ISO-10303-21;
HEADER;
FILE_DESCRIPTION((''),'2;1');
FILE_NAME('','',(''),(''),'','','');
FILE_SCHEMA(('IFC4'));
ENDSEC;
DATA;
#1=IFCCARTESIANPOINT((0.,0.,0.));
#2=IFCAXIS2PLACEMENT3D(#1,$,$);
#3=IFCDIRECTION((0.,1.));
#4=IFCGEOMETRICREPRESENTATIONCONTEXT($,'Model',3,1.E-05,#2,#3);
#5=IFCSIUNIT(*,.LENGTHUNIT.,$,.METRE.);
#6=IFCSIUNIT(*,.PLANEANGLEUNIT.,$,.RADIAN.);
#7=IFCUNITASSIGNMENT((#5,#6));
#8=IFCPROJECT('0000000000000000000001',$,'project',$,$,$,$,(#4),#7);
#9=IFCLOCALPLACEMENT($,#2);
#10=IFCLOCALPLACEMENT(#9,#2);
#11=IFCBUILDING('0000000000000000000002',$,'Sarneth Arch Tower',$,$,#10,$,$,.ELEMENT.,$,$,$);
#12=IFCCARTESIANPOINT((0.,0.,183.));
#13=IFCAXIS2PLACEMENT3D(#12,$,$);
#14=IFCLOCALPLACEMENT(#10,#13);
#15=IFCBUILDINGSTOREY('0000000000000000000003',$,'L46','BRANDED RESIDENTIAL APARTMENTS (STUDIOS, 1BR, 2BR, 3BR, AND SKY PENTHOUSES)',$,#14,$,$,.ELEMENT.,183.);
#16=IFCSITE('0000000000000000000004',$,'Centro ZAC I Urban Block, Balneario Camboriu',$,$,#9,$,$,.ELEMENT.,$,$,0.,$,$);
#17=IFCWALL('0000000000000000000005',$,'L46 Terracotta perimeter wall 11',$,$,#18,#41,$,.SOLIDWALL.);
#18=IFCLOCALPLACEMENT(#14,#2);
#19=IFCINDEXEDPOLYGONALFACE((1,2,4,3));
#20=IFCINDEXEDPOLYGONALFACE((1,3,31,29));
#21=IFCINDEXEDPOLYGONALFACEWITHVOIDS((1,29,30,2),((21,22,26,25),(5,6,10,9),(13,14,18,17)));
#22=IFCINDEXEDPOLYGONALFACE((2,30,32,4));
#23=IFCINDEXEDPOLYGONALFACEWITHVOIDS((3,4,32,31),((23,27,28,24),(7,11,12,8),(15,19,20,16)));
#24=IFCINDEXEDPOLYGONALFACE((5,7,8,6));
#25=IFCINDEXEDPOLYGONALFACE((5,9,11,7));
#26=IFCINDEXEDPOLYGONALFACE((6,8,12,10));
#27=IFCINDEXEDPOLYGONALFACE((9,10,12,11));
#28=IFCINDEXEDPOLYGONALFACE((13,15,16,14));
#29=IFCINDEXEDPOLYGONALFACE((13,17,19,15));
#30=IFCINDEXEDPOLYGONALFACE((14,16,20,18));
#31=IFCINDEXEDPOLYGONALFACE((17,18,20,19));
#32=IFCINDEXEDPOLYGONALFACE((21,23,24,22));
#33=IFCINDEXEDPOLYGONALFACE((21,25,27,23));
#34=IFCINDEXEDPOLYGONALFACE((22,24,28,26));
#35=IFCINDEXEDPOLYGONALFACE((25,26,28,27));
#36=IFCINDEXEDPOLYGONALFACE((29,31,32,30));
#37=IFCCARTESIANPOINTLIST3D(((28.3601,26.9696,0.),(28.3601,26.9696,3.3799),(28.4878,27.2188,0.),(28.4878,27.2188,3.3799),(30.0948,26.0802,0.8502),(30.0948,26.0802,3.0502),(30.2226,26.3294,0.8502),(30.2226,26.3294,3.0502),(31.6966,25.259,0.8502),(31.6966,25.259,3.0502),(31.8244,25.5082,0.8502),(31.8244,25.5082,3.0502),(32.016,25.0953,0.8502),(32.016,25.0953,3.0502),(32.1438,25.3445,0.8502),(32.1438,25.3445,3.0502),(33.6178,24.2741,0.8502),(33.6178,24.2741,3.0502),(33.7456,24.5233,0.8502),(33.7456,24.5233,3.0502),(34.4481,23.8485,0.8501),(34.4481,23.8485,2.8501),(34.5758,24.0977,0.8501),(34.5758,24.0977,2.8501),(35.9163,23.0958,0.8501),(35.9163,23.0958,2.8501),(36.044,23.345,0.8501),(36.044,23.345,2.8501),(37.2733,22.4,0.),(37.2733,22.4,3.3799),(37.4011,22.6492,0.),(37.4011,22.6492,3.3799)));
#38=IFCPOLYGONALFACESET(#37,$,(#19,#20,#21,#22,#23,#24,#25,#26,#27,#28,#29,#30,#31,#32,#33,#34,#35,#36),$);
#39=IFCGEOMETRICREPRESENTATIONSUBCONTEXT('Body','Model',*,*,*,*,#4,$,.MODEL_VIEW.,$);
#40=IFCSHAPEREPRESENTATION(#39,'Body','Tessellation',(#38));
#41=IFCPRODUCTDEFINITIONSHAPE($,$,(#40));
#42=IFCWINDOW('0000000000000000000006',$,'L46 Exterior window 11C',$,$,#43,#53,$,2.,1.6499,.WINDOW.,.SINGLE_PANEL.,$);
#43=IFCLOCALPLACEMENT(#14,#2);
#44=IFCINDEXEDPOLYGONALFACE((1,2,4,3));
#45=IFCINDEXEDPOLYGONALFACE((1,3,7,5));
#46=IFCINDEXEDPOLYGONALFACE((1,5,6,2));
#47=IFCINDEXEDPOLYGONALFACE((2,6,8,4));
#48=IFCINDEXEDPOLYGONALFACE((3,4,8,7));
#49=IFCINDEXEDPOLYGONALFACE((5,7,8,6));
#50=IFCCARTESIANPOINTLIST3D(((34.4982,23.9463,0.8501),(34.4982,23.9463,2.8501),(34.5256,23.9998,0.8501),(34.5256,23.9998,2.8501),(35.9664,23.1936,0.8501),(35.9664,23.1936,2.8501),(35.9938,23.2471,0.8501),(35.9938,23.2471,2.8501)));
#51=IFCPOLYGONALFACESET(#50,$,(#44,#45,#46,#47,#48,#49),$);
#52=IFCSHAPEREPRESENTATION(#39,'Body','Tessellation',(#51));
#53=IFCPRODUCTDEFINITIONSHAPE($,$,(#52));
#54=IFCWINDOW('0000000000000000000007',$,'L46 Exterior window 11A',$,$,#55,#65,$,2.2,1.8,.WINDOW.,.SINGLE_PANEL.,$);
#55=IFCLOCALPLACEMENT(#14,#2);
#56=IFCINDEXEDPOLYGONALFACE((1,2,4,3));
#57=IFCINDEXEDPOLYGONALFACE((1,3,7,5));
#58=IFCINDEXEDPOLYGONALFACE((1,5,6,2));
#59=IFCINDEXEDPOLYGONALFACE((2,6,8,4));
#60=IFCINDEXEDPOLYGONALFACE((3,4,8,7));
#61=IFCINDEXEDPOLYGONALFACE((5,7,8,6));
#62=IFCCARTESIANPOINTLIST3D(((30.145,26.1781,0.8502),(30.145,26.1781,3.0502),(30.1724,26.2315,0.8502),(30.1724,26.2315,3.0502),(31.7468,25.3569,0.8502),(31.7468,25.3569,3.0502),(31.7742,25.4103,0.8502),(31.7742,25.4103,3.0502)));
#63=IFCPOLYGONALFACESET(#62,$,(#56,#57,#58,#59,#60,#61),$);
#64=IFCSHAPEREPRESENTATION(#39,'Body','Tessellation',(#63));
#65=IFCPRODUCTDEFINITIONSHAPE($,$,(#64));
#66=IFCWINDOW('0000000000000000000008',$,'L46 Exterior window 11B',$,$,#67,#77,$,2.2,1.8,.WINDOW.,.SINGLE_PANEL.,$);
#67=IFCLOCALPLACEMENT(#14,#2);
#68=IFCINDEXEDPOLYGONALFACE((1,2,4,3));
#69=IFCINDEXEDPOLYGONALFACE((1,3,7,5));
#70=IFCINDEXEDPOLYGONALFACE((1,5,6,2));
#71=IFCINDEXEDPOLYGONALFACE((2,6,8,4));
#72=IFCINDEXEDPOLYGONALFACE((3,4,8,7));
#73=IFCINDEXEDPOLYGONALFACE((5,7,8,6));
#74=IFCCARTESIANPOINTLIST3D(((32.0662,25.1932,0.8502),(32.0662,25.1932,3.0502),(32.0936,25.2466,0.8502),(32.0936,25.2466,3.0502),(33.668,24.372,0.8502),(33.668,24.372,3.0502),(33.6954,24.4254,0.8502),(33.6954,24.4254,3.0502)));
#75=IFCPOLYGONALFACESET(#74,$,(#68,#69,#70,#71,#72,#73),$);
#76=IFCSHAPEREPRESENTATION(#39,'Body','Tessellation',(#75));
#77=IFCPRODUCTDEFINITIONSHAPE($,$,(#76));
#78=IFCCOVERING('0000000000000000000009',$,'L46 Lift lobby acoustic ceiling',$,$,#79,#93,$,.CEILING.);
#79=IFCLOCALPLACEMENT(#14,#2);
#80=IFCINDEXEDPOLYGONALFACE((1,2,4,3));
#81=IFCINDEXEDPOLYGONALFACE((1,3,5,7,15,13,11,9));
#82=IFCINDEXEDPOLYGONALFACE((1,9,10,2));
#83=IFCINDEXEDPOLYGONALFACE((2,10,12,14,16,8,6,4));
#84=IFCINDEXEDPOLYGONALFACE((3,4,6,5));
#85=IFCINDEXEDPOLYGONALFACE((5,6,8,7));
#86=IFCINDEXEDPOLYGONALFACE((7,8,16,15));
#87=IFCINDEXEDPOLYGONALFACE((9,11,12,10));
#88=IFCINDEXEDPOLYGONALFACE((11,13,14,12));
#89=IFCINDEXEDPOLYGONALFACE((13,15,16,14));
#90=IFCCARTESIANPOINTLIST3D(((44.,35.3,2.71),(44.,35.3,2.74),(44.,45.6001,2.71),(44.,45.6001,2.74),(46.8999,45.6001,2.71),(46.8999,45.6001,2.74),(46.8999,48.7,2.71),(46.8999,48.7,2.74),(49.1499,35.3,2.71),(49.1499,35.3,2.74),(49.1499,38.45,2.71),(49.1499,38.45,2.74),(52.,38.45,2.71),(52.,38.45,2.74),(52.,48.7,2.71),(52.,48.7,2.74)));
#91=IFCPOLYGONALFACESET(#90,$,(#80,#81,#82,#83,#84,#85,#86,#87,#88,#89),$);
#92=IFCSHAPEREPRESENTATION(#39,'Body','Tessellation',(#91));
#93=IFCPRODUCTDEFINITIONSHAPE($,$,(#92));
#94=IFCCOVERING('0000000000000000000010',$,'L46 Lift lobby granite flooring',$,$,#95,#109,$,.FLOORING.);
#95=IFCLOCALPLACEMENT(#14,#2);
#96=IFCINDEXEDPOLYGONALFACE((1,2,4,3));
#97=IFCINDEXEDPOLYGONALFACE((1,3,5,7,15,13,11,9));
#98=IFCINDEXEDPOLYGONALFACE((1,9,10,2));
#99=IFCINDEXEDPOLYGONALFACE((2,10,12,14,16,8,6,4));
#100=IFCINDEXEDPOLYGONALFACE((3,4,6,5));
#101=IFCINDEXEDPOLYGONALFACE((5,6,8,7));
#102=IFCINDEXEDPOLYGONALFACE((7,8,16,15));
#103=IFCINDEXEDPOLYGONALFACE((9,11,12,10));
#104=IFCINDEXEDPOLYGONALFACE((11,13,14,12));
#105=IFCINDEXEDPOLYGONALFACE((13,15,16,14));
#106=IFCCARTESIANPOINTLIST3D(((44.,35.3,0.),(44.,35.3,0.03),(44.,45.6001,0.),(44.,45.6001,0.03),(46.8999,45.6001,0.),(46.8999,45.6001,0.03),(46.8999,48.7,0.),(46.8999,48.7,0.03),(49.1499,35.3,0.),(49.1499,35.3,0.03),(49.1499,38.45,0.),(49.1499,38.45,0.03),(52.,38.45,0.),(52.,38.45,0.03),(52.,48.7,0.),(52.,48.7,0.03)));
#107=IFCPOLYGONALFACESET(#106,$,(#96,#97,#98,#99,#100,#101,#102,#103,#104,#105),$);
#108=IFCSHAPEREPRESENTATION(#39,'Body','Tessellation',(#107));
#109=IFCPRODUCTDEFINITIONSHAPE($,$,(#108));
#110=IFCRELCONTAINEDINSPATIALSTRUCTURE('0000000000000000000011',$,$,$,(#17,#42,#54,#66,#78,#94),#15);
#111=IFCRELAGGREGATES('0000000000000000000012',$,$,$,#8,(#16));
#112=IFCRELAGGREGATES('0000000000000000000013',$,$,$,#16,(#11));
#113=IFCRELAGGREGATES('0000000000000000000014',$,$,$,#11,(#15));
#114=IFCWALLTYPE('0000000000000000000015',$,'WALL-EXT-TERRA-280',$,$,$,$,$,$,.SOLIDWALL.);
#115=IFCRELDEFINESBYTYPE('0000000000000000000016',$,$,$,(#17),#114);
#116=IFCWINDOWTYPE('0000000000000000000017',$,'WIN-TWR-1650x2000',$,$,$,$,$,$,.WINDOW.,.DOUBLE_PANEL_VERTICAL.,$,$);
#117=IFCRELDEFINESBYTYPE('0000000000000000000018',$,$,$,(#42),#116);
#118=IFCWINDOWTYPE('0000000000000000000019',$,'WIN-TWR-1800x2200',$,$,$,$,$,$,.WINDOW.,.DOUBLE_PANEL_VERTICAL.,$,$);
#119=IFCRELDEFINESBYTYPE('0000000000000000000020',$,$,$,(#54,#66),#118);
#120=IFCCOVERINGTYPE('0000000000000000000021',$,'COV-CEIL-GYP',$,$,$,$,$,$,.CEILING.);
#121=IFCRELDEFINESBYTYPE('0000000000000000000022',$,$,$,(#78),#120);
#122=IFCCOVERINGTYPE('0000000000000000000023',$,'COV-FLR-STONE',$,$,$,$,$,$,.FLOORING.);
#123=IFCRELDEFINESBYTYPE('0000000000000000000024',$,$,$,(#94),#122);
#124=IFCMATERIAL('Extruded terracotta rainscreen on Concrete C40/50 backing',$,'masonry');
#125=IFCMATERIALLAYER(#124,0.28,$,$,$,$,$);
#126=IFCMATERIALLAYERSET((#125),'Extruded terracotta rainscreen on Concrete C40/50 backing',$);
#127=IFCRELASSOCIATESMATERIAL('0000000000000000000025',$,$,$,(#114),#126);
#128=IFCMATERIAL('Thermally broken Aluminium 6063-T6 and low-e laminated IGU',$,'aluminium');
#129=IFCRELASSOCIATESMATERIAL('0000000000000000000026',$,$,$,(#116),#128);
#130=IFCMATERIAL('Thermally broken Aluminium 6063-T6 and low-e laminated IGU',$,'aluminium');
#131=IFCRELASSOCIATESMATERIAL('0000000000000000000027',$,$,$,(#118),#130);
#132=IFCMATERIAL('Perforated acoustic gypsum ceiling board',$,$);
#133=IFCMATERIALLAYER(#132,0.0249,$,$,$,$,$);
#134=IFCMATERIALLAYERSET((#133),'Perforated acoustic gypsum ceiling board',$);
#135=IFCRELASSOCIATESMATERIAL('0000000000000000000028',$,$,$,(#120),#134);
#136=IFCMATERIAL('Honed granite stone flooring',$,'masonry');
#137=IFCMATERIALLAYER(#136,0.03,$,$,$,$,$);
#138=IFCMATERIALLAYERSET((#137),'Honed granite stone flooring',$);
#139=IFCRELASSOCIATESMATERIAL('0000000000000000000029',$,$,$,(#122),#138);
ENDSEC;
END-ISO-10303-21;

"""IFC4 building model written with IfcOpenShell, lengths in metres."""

from ifc_helpers import new_model, si_unit, direction, frame, frame_2d, origin, place, context, subcontext, project, spatial, polyline, rectangle, outline, extrude, material, layer, layer_set, type_object, element, fill, save


model = new_model("IFC4")

# Units and contexts
model_context = context("Model", 3, precision=1e-05, world=origin(), true_north=direction((0.0, 1.0)))
body_context = subcontext(model_context, "Body", "Model", "MODEL_VIEW")
ifc_project = project(units=[si_unit("LENGTHUNIT", "METRE"), si_unit("PLANEANGLEUNIT", "RADIAN")], contexts=[model_context])

# Site, building, storey
site_placement = place(None, origin())
site = spatial("IfcSite", under=ifc_project, at=site_placement, Name="Centro ZAC I Urban Block, Balneario Camboriu", CompositionType="ELEMENT", RefElevation=0.0)
building_placement = place(site_placement, origin())
building = spatial("IfcBuilding", under=site, at=building_placement, Name="Sarneth Arch Tower", CompositionType="ELEMENT")
storey_placement = place(building_placement, frame((0.0, 0.0, 183.0)))
storey = spatial("IfcBuildingStorey", under=building, at=storey_placement, Name="L46", Description="BRANDED RESIDENTIAL APARTMENTS (STUDIOS, 1BR, 2BR, 3BR, AND SKY PENTHOUSES)", CompositionType="ELEMENT", Elevation=183.0)

# Wall, openings, windows
ifc_material_1 = material(Name="Extruded terracotta rainscreen on Concrete C40/50 backing", Category="masonry")
ifc_layer_1 = layer(ifc_material_1, 0.28)
ifc_layer_set_1 = layer_set([ifc_layer_1], Name="Extruded terracotta rainscreen on Concrete C40/50 backing")
wall_type = type_object("IfcWallType", Name="WALL-EXT-TERRA-280", PredefinedType="SOLIDWALL", material=ifc_layer_set_1)
wall_placement = place(storey_placement, frame((28.4238, 27.0942, 0.0), z_axis=(0.0, 0.0, 1.0), x_axis=(0.889873, -0.456209, 0.0)))
wall = element("IfcWall", 1, at=wall_placement, inside=storey, type_object=wall_type, Name="L46 Terracotta perimeter wall 11", PredefinedType="SOLIDWALL", context=body_context, shape_type="SweptSolid", body=[
    extrude(rectangle(XDim=10.0164, YDim=0.28, at=frame_2d((5.0083, 0.0))), origin(), (0.0, 0.0, 1.0), 3.3799),
])
opening_1_placement = place(wall_placement, frame((1.9497, 0.0, 0.8501)))
opening_1 = element("IfcOpeningElement", 2, at=opening_1_placement, cuts=wall, PredefinedType="OPENING", context=body_context, shape_type="SweptSolid", body=[
    extrude(rectangle(XDim=1.8, YDim=2.2, at=frame_2d((0.8999, 1.1001))), frame((0.0, 0.1499, 0.0), z_axis=(0.0, -1.0, 0.0), x_axis=(1.0, 0.0, 0.0)), (0.0, 0.0, 1.0), 0.3),
])
opening_2_placement = place(wall_placement, frame((4.1086, 0.0, 0.8501)))
opening_2 = element("IfcOpeningElement", 3, at=opening_2_placement, cuts=wall, PredefinedType="OPENING", context=body_context, shape_type="SweptSolid", body=[
    extrude(rectangle(XDim=1.8, YDim=2.2, at=frame_2d((0.8999, 1.1001))), frame((0.0, 0.1499, 0.0), z_axis=(0.0, -1.0, 0.0), x_axis=(1.0, 0.0, 0.0)), (0.0, 0.0, 1.0), 0.3),
])
opening_3_placement = place(wall_placement, frame((6.8416, 0.0, 0.8501)))
opening_3 = element("IfcOpeningElement", 4, at=opening_3_placement, cuts=wall, PredefinedType="OPENING", context=body_context, shape_type="SweptSolid", body=[
    extrude(rectangle(XDim=1.6499, YDim=2.0, at=frame_2d((0.825, 1.0))), frame((0.0, 0.1499, 0.0), z_axis=(0.0, -1.0, 0.0), x_axis=(1.0, 0.0, 0.0)), (0.0, 0.0, 1.0), 0.3),
])
ifc_material_2 = material(Name="Thermally broken Aluminium 6063-T6 and low-e laminated IGU", Category="aluminium")
window_type_1 = type_object("IfcWindowType", Name="WIN-TWR-1650x2000", PartitioningType="DOUBLE_PANEL_VERTICAL", PredefinedType="WINDOW", material=ifc_material_2)
window_1_placement = place(opening_3_placement, origin())
window_1 = element("IfcWindow", 5, at=window_1_placement, inside=storey, type_object=window_type_1, Name="L46 Exterior window 11C", OverallHeight=2.0, OverallWidth=1.6499, PartitioningType="SINGLE_PANEL", PredefinedType="WINDOW", context=body_context, shape_type="SweptSolid", body=[
    extrude(rectangle(XDim=1.6499, YDim=2.0, at=frame_2d((0.825, 1.0))), frame((0.0, 0.03, 0.0), z_axis=(0.0, -1.0, 0.0), x_axis=(1.0, 0.0, 0.0)), (0.0, 0.0, 1.0), 0.0601),
])
fill(opening_3, window_1)
ifc_material_3 = material(Name="Thermally broken Aluminium 6063-T6 and low-e laminated IGU", Category="aluminium")
window_type_2 = type_object("IfcWindowType", Name="WIN-TWR-1800x2200", PartitioningType="DOUBLE_PANEL_VERTICAL", PredefinedType="WINDOW", material=ifc_material_3)
window_2_placement = place(opening_1_placement, origin())
window_2 = element("IfcWindow", 6, at=window_2_placement, inside=storey, type_object=window_type_2, Name="L46 Exterior window 11A", OverallHeight=2.2, OverallWidth=1.8, PartitioningType="SINGLE_PANEL", PredefinedType="WINDOW", context=body_context, shape_type="SweptSolid", body=[
    extrude(rectangle(XDim=1.8, YDim=2.2, at=frame_2d((0.8999, 1.1001))), frame((0.0, 0.03, 0.0), z_axis=(0.0, -1.0, 0.0), x_axis=(1.0, 0.0, 0.0)), (0.0, 0.0, 1.0), 0.0601),
])
fill(opening_1, window_2)
window_3_placement = place(opening_2_placement, origin())
window_3 = element("IfcWindow", 7, at=window_3_placement, inside=storey, type_object=window_type_2, Name="L46 Exterior window 11B", OverallHeight=2.2, OverallWidth=1.8, PartitioningType="SINGLE_PANEL", PredefinedType="WINDOW", context=body_context, shape_type="SweptSolid", body=[
    extrude(rectangle(XDim=1.8, YDim=2.2, at=frame_2d((0.8999, 1.1001))), frame((0.0, 0.03, 0.0), z_axis=(0.0, -1.0, 0.0), x_axis=(1.0, 0.0, 0.0)), (0.0, 0.0, 1.0), 0.0601),
])
fill(opening_2, window_3)

# Coverings
ifc_material_4 = material(Name="Perforated acoustic gypsum ceiling board")
ifc_layer_2 = layer(ifc_material_4, 0.0249)
ifc_layer_set_2 = layer_set([ifc_layer_2], Name="Perforated acoustic gypsum ceiling board")
covering_type_1 = type_object("IfcCoveringType", Name="COV-CEIL-GYP", PredefinedType="CEILING", material=ifc_layer_set_2)
covering_1_placement = place(storey_placement, frame((0.0, 0.0, 2.71)))
element("IfcCovering", 8, at=covering_1_placement, inside=storey, type_object=covering_type_1, Name="L46 Lift lobby acoustic ceiling", PredefinedType="CEILING", context=body_context, shape_type="SweptSolid", body=[
    extrude(outline(polyline([(49.1499, 38.45), (49.1499, 35.3), (44.0, 35.3), (44.0, 45.6001), (46.8999, 45.6001), (46.8999, 48.7), (52.0, 48.7), (52.0, 38.45), (49.1499, 38.45)])), origin(), (0.0, 0.0, 1.0), 0.03),
])
ifc_material_5 = material(Name="Honed granite stone flooring", Category="masonry")
ifc_layer_3 = layer(ifc_material_5, 0.03)
ifc_layer_set_3 = layer_set([ifc_layer_3], Name="Honed granite stone flooring")
covering_type_2 = type_object("IfcCoveringType", Name="COV-FLR-STONE", PredefinedType="FLOORING", material=ifc_layer_set_3)
covering_2_placement = place(storey_placement, origin())
element("IfcCovering", 9, at=covering_2_placement, inside=storey, type_object=covering_type_2, Name="L46 Lift lobby granite flooring", PredefinedType="FLOORING", context=body_context, shape_type="SweptSolid", body=[
    extrude(outline(polyline([(49.1499, 38.45), (49.1499, 35.3), (44.0, 35.3), (44.0, 45.6001), (46.8999, 45.6001), (46.8999, 48.7), (52.0, 48.7), (52.0, 38.45), (49.1499, 38.45)])), origin(), (0.0, 0.0, 1.0), 0.03),
])

save(model, "model.ifc")
